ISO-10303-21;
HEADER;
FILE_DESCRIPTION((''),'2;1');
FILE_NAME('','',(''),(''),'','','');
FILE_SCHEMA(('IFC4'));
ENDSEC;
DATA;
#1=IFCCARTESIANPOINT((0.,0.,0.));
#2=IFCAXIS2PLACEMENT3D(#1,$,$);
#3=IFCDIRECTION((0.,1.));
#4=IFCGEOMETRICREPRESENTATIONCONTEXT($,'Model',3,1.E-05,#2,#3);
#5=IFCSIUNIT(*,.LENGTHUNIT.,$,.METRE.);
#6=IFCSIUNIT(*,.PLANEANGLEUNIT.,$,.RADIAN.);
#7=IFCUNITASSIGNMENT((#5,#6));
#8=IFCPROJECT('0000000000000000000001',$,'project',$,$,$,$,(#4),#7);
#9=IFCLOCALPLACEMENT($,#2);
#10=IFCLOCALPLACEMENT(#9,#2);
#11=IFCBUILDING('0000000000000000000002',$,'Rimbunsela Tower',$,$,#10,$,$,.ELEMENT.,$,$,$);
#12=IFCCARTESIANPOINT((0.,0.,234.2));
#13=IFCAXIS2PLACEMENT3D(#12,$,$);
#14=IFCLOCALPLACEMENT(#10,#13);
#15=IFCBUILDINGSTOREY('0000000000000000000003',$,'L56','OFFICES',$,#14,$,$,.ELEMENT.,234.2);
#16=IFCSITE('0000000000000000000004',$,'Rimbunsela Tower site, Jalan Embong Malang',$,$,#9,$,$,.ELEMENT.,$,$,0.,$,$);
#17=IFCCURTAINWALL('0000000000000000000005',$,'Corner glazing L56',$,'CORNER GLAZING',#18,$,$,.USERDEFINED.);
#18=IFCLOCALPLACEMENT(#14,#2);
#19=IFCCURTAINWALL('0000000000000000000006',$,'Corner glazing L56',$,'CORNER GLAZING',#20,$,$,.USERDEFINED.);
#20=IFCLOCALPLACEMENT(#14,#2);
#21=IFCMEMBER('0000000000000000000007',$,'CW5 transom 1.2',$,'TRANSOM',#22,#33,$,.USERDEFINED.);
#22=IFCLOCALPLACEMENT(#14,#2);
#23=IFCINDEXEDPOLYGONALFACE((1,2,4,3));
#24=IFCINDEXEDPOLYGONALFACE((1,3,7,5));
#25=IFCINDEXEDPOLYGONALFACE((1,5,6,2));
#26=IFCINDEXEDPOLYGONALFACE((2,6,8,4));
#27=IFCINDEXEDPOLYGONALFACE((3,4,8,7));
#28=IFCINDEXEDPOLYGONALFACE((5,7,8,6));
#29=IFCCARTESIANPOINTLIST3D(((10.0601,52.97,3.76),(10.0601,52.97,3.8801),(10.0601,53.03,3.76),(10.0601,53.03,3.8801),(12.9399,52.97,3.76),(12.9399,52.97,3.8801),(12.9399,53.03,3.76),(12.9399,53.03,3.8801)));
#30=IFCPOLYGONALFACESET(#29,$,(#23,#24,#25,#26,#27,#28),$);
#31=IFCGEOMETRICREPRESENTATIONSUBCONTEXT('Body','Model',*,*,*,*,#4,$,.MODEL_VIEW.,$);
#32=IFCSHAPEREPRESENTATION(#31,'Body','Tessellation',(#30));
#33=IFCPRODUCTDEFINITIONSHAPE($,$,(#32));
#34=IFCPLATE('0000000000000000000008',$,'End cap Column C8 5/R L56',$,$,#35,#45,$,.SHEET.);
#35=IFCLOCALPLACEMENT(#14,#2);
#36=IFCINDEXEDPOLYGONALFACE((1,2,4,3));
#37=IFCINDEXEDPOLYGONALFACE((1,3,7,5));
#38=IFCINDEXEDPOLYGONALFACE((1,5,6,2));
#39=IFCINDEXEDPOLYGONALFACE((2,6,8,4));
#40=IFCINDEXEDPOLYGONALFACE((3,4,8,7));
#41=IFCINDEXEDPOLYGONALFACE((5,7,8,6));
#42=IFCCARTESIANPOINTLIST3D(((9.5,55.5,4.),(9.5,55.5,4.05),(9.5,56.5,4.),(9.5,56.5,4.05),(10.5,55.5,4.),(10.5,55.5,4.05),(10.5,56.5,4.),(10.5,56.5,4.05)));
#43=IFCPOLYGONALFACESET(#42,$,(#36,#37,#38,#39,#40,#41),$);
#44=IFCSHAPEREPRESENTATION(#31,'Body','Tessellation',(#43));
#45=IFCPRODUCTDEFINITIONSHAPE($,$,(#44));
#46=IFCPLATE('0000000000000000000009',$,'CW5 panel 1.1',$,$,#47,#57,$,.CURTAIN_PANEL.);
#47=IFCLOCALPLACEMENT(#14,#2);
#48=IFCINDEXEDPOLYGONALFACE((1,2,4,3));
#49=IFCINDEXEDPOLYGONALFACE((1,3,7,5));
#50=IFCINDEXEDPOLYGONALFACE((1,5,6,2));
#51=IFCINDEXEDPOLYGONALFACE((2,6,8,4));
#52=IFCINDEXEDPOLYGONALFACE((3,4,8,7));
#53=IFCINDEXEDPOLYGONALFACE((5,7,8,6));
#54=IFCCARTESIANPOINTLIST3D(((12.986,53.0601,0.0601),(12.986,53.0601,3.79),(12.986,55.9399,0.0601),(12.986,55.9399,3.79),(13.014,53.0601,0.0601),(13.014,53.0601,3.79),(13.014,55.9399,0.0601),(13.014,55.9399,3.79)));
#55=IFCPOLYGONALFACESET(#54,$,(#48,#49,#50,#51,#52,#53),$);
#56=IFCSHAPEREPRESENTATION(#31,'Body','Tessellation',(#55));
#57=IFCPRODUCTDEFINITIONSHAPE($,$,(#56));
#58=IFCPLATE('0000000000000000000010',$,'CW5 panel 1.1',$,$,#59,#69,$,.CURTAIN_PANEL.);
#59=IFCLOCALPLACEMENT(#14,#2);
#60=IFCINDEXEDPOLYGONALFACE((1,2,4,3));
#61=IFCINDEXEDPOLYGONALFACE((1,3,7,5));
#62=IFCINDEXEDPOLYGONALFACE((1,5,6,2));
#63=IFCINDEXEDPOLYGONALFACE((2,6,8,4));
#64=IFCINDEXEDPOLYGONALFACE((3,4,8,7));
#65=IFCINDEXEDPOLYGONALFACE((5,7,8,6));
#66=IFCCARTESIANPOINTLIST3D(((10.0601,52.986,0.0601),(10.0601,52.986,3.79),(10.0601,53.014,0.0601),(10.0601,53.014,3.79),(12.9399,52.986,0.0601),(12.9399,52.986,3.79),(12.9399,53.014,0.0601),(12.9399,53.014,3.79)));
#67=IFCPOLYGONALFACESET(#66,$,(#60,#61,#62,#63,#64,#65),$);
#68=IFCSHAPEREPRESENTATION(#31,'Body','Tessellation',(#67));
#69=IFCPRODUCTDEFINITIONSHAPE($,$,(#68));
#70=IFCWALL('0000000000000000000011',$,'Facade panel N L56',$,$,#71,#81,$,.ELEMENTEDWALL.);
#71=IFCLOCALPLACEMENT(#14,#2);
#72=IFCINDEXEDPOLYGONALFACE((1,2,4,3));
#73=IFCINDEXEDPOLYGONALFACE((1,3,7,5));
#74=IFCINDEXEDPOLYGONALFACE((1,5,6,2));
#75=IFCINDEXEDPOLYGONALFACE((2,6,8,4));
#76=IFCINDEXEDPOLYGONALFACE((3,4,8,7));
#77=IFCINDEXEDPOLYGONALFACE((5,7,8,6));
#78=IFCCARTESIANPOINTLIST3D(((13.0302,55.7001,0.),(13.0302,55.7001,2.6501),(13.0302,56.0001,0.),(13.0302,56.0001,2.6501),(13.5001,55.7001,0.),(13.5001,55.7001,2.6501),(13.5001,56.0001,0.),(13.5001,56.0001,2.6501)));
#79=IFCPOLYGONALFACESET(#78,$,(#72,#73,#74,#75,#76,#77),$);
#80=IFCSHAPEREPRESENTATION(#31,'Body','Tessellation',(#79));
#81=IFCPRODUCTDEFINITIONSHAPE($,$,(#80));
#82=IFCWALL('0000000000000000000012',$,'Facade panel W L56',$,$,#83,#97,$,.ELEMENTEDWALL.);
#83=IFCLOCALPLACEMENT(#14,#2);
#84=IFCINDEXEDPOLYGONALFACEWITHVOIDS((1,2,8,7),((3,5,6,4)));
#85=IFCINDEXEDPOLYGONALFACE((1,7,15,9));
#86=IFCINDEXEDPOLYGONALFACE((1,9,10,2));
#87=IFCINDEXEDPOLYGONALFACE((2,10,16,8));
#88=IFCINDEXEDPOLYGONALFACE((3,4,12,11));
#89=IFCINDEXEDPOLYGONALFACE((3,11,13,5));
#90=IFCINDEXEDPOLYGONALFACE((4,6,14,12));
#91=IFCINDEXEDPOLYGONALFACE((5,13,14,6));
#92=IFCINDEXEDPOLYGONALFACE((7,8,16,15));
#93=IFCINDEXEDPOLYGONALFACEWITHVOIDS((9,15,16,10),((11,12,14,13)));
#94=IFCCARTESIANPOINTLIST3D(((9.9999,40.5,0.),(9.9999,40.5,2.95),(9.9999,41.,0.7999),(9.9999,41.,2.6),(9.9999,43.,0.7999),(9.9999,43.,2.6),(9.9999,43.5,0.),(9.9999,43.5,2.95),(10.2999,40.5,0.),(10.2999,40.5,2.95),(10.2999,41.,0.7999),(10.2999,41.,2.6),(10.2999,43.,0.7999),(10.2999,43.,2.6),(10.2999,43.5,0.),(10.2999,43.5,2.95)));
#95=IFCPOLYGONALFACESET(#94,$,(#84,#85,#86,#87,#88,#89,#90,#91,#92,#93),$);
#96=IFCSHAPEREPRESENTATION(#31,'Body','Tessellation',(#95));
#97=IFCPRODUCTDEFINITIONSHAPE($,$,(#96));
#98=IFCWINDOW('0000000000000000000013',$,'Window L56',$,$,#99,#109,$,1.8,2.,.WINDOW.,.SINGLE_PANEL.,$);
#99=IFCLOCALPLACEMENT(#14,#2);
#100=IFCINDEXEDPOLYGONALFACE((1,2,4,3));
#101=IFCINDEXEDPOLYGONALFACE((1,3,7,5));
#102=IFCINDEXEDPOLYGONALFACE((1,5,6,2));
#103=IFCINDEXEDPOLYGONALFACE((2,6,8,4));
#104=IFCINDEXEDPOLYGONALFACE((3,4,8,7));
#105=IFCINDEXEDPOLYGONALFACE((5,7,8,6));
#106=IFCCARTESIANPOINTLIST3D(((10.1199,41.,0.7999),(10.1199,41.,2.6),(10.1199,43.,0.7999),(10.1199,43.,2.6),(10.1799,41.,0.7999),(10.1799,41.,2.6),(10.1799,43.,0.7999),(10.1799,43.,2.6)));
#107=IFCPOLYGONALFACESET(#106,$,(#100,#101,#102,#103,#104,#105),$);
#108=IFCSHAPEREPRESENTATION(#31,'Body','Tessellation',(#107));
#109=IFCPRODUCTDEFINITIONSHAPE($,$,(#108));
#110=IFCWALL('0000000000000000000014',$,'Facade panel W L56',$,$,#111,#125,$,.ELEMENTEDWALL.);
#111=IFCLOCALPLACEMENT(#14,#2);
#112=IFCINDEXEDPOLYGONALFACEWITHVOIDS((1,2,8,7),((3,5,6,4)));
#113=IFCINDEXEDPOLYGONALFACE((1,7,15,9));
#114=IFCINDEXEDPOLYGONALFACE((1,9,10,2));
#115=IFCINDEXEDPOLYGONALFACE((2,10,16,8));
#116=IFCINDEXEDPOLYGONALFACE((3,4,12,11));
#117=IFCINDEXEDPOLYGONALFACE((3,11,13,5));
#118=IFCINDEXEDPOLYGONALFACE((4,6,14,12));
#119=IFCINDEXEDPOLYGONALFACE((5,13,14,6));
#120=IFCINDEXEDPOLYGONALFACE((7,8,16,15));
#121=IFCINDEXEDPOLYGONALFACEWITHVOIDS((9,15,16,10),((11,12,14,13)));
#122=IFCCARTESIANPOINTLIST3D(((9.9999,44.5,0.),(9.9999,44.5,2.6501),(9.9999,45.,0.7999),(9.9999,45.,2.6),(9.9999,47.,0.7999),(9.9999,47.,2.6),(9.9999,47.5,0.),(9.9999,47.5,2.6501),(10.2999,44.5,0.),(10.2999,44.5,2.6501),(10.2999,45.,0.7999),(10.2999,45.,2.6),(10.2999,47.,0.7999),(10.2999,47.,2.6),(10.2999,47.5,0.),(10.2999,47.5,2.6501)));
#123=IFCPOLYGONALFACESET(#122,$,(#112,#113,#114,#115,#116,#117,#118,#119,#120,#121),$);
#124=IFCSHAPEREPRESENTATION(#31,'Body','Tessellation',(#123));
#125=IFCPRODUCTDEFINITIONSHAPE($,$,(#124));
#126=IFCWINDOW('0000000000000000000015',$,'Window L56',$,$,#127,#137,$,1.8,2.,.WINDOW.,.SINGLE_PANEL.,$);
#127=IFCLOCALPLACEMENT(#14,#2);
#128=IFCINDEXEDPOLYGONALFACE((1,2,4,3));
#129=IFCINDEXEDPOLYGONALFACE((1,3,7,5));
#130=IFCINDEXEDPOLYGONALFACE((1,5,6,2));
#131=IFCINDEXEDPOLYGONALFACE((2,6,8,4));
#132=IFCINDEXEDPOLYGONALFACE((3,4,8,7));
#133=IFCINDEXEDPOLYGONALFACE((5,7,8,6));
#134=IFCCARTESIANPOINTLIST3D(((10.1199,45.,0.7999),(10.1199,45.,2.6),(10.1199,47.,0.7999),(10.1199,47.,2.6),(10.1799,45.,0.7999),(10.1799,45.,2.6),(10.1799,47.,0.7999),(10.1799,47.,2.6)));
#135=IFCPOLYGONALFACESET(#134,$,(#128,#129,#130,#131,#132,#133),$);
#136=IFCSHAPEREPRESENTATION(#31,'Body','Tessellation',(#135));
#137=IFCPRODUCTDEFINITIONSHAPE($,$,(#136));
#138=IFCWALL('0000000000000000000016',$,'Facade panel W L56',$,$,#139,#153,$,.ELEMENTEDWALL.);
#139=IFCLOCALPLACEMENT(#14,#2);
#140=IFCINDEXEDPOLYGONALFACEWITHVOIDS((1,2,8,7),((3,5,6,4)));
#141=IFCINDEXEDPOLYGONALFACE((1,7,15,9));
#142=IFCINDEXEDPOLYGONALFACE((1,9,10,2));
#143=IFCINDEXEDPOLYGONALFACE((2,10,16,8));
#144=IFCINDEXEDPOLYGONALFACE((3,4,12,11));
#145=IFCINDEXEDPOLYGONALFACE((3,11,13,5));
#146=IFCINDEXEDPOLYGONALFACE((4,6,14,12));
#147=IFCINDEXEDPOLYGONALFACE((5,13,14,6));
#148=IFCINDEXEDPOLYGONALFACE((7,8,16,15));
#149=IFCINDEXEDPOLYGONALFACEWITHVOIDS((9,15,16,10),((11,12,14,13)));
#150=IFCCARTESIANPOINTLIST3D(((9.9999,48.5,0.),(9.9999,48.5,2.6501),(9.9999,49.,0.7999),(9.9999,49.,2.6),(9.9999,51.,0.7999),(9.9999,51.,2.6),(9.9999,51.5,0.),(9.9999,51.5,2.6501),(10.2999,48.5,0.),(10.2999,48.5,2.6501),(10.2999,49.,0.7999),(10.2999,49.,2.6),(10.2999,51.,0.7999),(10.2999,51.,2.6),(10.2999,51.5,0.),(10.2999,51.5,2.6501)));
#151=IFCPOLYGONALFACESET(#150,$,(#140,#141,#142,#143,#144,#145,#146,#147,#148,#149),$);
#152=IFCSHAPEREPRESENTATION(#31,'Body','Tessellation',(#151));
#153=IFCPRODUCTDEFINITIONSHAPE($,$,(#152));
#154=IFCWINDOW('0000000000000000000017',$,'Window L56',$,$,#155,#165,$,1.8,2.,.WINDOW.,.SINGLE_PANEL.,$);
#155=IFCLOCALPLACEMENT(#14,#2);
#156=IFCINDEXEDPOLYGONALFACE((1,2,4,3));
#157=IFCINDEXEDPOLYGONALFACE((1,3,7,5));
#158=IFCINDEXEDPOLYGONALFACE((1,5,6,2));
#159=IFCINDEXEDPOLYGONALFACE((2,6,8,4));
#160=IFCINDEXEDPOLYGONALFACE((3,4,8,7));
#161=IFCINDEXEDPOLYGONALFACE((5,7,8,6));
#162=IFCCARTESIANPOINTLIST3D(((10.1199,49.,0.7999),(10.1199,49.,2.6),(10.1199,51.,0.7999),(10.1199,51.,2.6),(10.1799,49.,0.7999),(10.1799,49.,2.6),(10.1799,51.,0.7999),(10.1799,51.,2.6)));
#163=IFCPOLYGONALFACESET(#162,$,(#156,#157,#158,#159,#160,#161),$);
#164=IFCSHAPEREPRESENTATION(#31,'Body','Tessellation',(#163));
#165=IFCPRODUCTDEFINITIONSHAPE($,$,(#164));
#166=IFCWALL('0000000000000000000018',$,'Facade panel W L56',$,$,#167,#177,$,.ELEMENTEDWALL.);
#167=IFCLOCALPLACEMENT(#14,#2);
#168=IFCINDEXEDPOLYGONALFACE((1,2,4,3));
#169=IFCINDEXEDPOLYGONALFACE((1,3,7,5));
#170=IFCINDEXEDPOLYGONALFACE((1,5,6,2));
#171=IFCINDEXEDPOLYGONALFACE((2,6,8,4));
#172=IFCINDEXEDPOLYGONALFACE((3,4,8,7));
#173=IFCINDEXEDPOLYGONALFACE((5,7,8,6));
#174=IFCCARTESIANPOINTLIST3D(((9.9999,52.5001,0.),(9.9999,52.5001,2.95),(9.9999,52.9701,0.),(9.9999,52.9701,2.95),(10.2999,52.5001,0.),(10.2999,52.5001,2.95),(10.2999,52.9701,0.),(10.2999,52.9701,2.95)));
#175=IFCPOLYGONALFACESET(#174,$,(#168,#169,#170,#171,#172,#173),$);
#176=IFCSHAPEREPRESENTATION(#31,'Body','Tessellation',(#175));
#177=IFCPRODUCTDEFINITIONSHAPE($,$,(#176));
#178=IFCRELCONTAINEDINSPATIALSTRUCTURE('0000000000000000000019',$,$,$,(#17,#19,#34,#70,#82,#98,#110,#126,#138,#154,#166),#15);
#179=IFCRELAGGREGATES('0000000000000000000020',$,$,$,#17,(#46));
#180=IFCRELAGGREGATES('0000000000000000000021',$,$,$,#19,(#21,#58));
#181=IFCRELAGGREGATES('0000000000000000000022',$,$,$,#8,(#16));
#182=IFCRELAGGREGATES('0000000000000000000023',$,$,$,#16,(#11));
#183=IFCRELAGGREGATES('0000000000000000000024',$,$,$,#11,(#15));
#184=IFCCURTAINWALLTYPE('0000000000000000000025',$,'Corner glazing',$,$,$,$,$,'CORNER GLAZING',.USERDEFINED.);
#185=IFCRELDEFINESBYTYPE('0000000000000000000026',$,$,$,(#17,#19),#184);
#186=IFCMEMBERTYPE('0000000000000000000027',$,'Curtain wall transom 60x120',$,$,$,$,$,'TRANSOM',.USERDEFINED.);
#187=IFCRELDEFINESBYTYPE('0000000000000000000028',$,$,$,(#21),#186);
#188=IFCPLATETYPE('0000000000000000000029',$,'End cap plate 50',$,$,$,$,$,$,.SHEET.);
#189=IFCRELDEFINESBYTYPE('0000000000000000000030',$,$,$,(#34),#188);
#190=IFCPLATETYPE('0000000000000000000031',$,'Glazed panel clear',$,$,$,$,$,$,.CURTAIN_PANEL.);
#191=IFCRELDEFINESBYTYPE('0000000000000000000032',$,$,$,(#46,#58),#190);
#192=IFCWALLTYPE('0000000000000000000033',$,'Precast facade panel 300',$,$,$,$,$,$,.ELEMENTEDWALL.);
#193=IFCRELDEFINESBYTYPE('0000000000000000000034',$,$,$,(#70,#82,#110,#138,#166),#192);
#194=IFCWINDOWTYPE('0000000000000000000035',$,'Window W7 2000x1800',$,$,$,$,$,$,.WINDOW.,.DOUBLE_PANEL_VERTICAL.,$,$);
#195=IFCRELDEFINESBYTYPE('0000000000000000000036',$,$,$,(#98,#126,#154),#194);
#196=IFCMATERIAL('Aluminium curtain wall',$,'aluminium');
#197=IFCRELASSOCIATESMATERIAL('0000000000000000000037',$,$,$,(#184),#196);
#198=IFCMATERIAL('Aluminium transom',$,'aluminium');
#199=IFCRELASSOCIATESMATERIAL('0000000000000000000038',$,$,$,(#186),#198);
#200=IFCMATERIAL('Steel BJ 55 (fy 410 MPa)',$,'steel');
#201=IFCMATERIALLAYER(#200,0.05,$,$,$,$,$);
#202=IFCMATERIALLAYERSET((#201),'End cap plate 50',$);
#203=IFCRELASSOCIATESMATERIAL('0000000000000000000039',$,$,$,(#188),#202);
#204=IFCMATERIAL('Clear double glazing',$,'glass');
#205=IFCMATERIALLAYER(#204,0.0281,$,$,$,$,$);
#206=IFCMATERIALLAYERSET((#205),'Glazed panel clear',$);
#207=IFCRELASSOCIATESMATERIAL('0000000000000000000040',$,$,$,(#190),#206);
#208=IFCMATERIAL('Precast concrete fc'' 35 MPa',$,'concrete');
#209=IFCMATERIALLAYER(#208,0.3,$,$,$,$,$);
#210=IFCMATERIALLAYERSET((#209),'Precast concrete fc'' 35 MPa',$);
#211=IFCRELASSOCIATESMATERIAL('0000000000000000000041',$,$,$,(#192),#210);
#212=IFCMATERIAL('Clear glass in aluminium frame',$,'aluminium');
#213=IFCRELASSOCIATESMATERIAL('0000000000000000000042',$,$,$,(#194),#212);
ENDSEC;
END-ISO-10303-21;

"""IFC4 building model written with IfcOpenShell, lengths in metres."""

from ifc_helpers import new_model, si_unit, direction, frame, frame_2d, origin, origin_2d, place, context, subcontext, project, spatial, rectangle, extrude, material, layer, layer_set, material_profile, profile_set, type_object, element, fill, aggregate, save


model = new_model("IFC4")

# Units and contexts
model_context = context("Model", 3, precision=1e-05, world=origin(), true_north=direction((0.0, 1.0)))
body_context = subcontext(model_context, "Body", "Model", "MODEL_VIEW")
ifc_project = project(units=[si_unit("LENGTHUNIT", "METRE"), si_unit("PLANEANGLEUNIT", "RADIAN")], contexts=[model_context])

# Site, building, storey
site_placement = place(None, origin())
site = spatial("IfcSite", under=ifc_project, at=site_placement, Name="Rimbunsela Tower site, Jalan Embong Malang", CompositionType="ELEMENT", RefElevation=0.0)
building_placement = place(site_placement, origin())
building = spatial("IfcBuilding", under=site, at=building_placement, Name="Rimbunsela Tower", CompositionType="ELEMENT")
storey_placement = place(building_placement, frame((0.0, 0.0, 234.2)))
storey = spatial("IfcBuildingStorey", under=building, at=storey_placement, Name="L56", Description="OFFICES", CompositionType="ELEMENT", Elevation=234.2)

# Curtain walls
ifc_material_1 = material(Name="Aluminium curtain wall", Category="aluminium")
curtain_wall_type = type_object("IfcCurtainWallType", Name="Corner glazing", ElementType="CORNER GLAZING", PredefinedType="USERDEFINED", material=ifc_material_1)
curtain_wall_1_placement = place(storey_placement, origin())
curtain_wall_1 = element("IfcCurtainWall", 1, at=curtain_wall_1_placement, inside=storey, type_object=curtain_wall_type, Name="Corner glazing L56", ObjectType="CORNER GLAZING", PredefinedType="USERDEFINED")
curtain_wall_2_placement = place(storey_placement, origin())
curtain_wall_2 = element("IfcCurtainWall", 2, at=curtain_wall_2_placement, inside=storey, type_object=curtain_wall_type, Name="Corner glazing L56", ObjectType="CORNER GLAZING", PredefinedType="USERDEFINED")

# Member
ifc_material_2 = material(Name="Aluminium transom", Category="aluminium")
ifc_material_profile_1 = material_profile(ifc_material_2, rectangle(XDim=0.0601, YDim=0.1201, at=origin_2d()), Name="Transom 60x120")
ifc_profile_set_1 = profile_set([ifc_material_profile_1], Name="Aluminium transom")
member_type_1 = type_object("IfcMemberType", Name="Curtain wall transom 60x120", ElementType="TRANSOM", PredefinedType="USERDEFINED", material=ifc_profile_set_1)
member_1_placement = place(storey_placement, frame((12.9399, 53.0, 3.8201), z_axis=(-1.0, 0.0, 0.0), x_axis=(0.0, -1.0, 0.0)))
member_1 = element("IfcMember", 3, at=member_1_placement, type_object=member_type_1, Name="CW5 transom 1.2", ObjectType="TRANSOM", PredefinedType="USERDEFINED", context=body_context, shape_type="SweptSolid", body=[
    extrude(rectangle(XDim=0.0601, YDim=0.1201, at=origin_2d()), origin(), (0.0, 0.0, 1.0), 2.8799),
])

# Plates
ifc_material_3 = material(Name="Steel BJ 55 (fy 410 MPa)", Category="steel")
ifc_layer_1 = layer(ifc_material_3, 0.05)
ifc_layer_set_1 = layer_set([ifc_layer_1], Name="End cap plate 50")
plate_type_1 = type_object("IfcPlateType", Name="End cap plate 50", PredefinedType="SHEET", material=ifc_layer_set_1)
plate_1_placement = place(storey_placement, frame((10.0, 56.0, 4.0), z_axis=(0.0, 0.0, 1.0), x_axis=(1.0, 0.0, 0.0)))
element("IfcPlate", 4, at=plate_1_placement, inside=storey, type_object=plate_type_1, Name="End cap Column C8 5/R L56", PredefinedType="SHEET", context=body_context, shape_type="SweptSolid", body=[
    extrude(rectangle(XDim=1.0, YDim=1.0, at=origin_2d()), origin(), (0.0, 0.0, 1.0), 0.05),
])
ifc_material_4 = material(Name="Clear double glazing", Category="glass")
ifc_layer_2 = layer(ifc_material_4, 0.0281)
ifc_layer_set_2 = layer_set([ifc_layer_2], Name="Glazed panel clear")
plate_type_2 = type_object("IfcPlateType", Name="Glazed panel clear", PredefinedType="CURTAIN_PANEL", material=ifc_layer_set_2)
plate_2_placement = place(storey_placement, frame((13.0, 54.5, 0.0601), z_axis=(0.0, 0.0, 1.0), x_axis=(0.0, -1.0, 0.0)))
plate_2 = element("IfcPlate", 5, at=plate_2_placement, type_object=plate_type_2, Name="CW5 panel 1.1", PredefinedType="CURTAIN_PANEL", context=body_context, shape_type="SweptSolid", body=[
    extrude(rectangle(XDim=2.8799, YDim=0.0281, at=origin_2d()), origin(), (0.0, 0.0, 1.0), 3.73),
])
aggregate(curtain_wall_1, [plate_2])
plate_3_placement = place(storey_placement, frame((11.5, 53.0, 0.0601), z_axis=(0.0, 0.0, 1.0), x_axis=(-1.0, 0.0, 0.0)))
plate_3 = element("IfcPlate", 6, at=plate_3_placement, type_object=plate_type_2, Name="CW5 panel 1.1", PredefinedType="CURTAIN_PANEL", context=body_context, shape_type="SweptSolid", body=[
    extrude(rectangle(XDim=2.8799, YDim=0.0281, at=origin_2d()), origin(), (0.0, 0.0, 1.0), 3.73),
])
aggregate(curtain_wall_2, [member_1, plate_3])

# Wall
ifc_material_5 = material(Name="Precast concrete fc' 35 MPa", Category="concrete")
ifc_layer_3 = layer(ifc_material_5, 0.3)
ifc_layer_set_3 = layer_set([ifc_layer_3], Name="Precast concrete fc' 35 MPa")
wall_type = type_object("IfcWallType", Name="Precast facade panel 300", PredefinedType="ELEMENTEDWALL", material=ifc_layer_set_3)
wall_1_placement = place(storey_placement, frame((13.5, 55.8501, 0.0), z_axis=(0.0, 0.0, 1.0), x_axis=(-1.0, 0.0, 0.0)))
element("IfcWall", 7, at=wall_1_placement, inside=storey, type_object=wall_type, Name="Facade panel N L56", PredefinedType="ELEMENTEDWALL", context=body_context, shape_type="SweptSolid", body=[
    extrude(rectangle(XDim=0.47, YDim=0.3, at=frame_2d((0.2349, 0.0))), origin(), (0.0, 0.0, 1.0), 2.6501),
])

# Walls, openings, windows
wall_2_placement = place(storey_placement, frame((10.1499, 43.5, 0.0), z_axis=(0.0, 0.0, 1.0), x_axis=(0.0, -1.0, 0.0)))
wall_2 = element("IfcWall", 8, at=wall_2_placement, inside=storey, type_object=wall_type, Name="Facade panel W L56", PredefinedType="ELEMENTEDWALL", context=body_context, shape_type="SweptSolid", body=[
    extrude(rectangle(XDim=3.0, YDim=0.3, at=frame_2d((1.5, 0.0))), origin(), (0.0, 0.0, 1.0), 2.95),
])
opening_1_placement = place(wall_2_placement, frame((0.5, 0.0, 0.8)))
opening_1 = element("IfcOpeningElement", 9, at=opening_1_placement, cuts=wall_2, PredefinedType="OPENING", context=body_context, shape_type="SweptSolid", body=[
    extrude(rectangle(XDim=2.0, YDim=1.8, at=frame_2d((1.0, 0.8999))), frame((0.0, 0.1599, 0.0), z_axis=(0.0, -1.0, 0.0), x_axis=(1.0, 0.0, 0.0)), (0.0, 0.0, 1.0), 0.3201),
])
ifc_material_6 = material(Name="Clear glass in aluminium frame", Category="aluminium")
window_type = type_object("IfcWindowType", Name="Window W7 2000x1800", PartitioningType="DOUBLE_PANEL_VERTICAL", PredefinedType="WINDOW", material=ifc_material_6)
window_1_placement = place(opening_1_placement, origin())
window_1 = element("IfcWindow", 10, at=window_1_placement, inside=storey, type_object=window_type, Name="Window L56", OverallHeight=1.8, OverallWidth=2.0, PartitioningType="SINGLE_PANEL", PredefinedType="WINDOW", context=body_context, shape_type="SweptSolid", body=[
    extrude(rectangle(XDim=2.0, YDim=1.8, at=frame_2d((1.0, 0.8999))), frame((0.0, 0.03, 0.0), z_axis=(0.0, -1.0, 0.0), x_axis=(1.0, 0.0, 0.0)), (0.0, 0.0, 1.0), 0.0601),
])
fill(opening_1, window_1)
wall_3_placement = place(storey_placement, frame((10.1499, 47.5, 0.0), z_axis=(0.0, 0.0, 1.0), x_axis=(0.0, -1.0, 0.0)))
wall_3 = element("IfcWall", 11, at=wall_3_placement, inside=storey, type_object=wall_type, Name="Facade panel W L56", PredefinedType="ELEMENTEDWALL", context=body_context, shape_type="SweptSolid", body=[
    extrude(rectangle(XDim=3.0, YDim=0.3, at=frame_2d((1.5, 0.0))), origin(), (0.0, 0.0, 1.0), 2.6501),
])
opening_2_placement = place(wall_3_placement, frame((0.5, 0.0, 0.8)))
opening_2 = element("IfcOpeningElement", 12, at=opening_2_placement, cuts=wall_3, PredefinedType="OPENING", context=body_context, shape_type="SweptSolid", body=[
    extrude(rectangle(XDim=2.0, YDim=1.8, at=frame_2d((1.0, 0.8999))), frame((0.0, 0.1599, 0.0), z_axis=(0.0, -1.0, 0.0), x_axis=(1.0, 0.0, 0.0)), (0.0, 0.0, 1.0), 0.3201),
])
window_2_placement = place(opening_2_placement, origin())
window_2 = element("IfcWindow", 13, at=window_2_placement, inside=storey, type_object=window_type, Name="Window L56", OverallHeight=1.8, OverallWidth=2.0, PartitioningType="SINGLE_PANEL", PredefinedType="WINDOW", context=body_context, shape_type="SweptSolid", body=[
    extrude(rectangle(XDim=2.0, YDim=1.8, at=frame_2d((1.0, 0.8999))), frame((0.0, 0.03, 0.0), z_axis=(0.0, -1.0, 0.0), x_axis=(1.0, 0.0, 0.0)), (0.0, 0.0, 1.0), 0.0601),
])
fill(opening_2, window_2)
wall_4_placement = place(storey_placement, frame((10.1499, 51.5, 0.0), z_axis=(0.0, 0.0, 1.0), x_axis=(0.0, -1.0, 0.0)))
wall_4 = element("IfcWall", 14, at=wall_4_placement, inside=storey, type_object=wall_type, Name="Facade panel W L56", PredefinedType="ELEMENTEDWALL", context=body_context, shape_type="SweptSolid", body=[
    extrude(rectangle(XDim=3.0, YDim=0.3, at=frame_2d((1.5, 0.0))), origin(), (0.0, 0.0, 1.0), 2.6501),
])
opening_3_placement = place(wall_4_placement, frame((0.5, 0.0, 0.8)))
opening_3 = element("IfcOpeningElement", 15, at=opening_3_placement, cuts=wall_4, PredefinedType="OPENING", context=body_context, shape_type="SweptSolid", body=[
    extrude(rectangle(XDim=2.0, YDim=1.8, at=frame_2d((1.0, 0.8999))), frame((0.0, 0.1599, 0.0), z_axis=(0.0, -1.0, 0.0), x_axis=(1.0, 0.0, 0.0)), (0.0, 0.0, 1.0), 0.3201),
])
window_3_placement = place(opening_3_placement, origin())
window_3 = element("IfcWindow", 16, at=window_3_placement, inside=storey, type_object=window_type, Name="Window L56", OverallHeight=1.8, OverallWidth=2.0, PartitioningType="SINGLE_PANEL", PredefinedType="WINDOW", context=body_context, shape_type="SweptSolid", body=[
    extrude(rectangle(XDim=2.0, YDim=1.8, at=frame_2d((1.0, 0.8999))), frame((0.0, 0.03, 0.0), z_axis=(0.0, -1.0, 0.0), x_axis=(1.0, 0.0, 0.0)), (0.0, 0.0, 1.0), 0.0601),
])
fill(opening_3, window_3)

# Wall
wall_5_placement = place(storey_placement, frame((10.1499, 52.97, 0.0), z_axis=(0.0, 0.0, 1.0), x_axis=(0.0, -1.0, 0.0)))
element("IfcWall", 17, at=wall_5_placement, inside=storey, type_object=wall_type, Name="Facade panel W L56", PredefinedType="ELEMENTEDWALL", context=body_context, shape_type="SweptSolid", body=[
    extrude(rectangle(XDim=0.47, YDim=0.3, at=frame_2d((0.2349, 0.0))), origin(), (0.0, 0.0, 1.0), 2.95),
])

save(model, "model.ifc")
